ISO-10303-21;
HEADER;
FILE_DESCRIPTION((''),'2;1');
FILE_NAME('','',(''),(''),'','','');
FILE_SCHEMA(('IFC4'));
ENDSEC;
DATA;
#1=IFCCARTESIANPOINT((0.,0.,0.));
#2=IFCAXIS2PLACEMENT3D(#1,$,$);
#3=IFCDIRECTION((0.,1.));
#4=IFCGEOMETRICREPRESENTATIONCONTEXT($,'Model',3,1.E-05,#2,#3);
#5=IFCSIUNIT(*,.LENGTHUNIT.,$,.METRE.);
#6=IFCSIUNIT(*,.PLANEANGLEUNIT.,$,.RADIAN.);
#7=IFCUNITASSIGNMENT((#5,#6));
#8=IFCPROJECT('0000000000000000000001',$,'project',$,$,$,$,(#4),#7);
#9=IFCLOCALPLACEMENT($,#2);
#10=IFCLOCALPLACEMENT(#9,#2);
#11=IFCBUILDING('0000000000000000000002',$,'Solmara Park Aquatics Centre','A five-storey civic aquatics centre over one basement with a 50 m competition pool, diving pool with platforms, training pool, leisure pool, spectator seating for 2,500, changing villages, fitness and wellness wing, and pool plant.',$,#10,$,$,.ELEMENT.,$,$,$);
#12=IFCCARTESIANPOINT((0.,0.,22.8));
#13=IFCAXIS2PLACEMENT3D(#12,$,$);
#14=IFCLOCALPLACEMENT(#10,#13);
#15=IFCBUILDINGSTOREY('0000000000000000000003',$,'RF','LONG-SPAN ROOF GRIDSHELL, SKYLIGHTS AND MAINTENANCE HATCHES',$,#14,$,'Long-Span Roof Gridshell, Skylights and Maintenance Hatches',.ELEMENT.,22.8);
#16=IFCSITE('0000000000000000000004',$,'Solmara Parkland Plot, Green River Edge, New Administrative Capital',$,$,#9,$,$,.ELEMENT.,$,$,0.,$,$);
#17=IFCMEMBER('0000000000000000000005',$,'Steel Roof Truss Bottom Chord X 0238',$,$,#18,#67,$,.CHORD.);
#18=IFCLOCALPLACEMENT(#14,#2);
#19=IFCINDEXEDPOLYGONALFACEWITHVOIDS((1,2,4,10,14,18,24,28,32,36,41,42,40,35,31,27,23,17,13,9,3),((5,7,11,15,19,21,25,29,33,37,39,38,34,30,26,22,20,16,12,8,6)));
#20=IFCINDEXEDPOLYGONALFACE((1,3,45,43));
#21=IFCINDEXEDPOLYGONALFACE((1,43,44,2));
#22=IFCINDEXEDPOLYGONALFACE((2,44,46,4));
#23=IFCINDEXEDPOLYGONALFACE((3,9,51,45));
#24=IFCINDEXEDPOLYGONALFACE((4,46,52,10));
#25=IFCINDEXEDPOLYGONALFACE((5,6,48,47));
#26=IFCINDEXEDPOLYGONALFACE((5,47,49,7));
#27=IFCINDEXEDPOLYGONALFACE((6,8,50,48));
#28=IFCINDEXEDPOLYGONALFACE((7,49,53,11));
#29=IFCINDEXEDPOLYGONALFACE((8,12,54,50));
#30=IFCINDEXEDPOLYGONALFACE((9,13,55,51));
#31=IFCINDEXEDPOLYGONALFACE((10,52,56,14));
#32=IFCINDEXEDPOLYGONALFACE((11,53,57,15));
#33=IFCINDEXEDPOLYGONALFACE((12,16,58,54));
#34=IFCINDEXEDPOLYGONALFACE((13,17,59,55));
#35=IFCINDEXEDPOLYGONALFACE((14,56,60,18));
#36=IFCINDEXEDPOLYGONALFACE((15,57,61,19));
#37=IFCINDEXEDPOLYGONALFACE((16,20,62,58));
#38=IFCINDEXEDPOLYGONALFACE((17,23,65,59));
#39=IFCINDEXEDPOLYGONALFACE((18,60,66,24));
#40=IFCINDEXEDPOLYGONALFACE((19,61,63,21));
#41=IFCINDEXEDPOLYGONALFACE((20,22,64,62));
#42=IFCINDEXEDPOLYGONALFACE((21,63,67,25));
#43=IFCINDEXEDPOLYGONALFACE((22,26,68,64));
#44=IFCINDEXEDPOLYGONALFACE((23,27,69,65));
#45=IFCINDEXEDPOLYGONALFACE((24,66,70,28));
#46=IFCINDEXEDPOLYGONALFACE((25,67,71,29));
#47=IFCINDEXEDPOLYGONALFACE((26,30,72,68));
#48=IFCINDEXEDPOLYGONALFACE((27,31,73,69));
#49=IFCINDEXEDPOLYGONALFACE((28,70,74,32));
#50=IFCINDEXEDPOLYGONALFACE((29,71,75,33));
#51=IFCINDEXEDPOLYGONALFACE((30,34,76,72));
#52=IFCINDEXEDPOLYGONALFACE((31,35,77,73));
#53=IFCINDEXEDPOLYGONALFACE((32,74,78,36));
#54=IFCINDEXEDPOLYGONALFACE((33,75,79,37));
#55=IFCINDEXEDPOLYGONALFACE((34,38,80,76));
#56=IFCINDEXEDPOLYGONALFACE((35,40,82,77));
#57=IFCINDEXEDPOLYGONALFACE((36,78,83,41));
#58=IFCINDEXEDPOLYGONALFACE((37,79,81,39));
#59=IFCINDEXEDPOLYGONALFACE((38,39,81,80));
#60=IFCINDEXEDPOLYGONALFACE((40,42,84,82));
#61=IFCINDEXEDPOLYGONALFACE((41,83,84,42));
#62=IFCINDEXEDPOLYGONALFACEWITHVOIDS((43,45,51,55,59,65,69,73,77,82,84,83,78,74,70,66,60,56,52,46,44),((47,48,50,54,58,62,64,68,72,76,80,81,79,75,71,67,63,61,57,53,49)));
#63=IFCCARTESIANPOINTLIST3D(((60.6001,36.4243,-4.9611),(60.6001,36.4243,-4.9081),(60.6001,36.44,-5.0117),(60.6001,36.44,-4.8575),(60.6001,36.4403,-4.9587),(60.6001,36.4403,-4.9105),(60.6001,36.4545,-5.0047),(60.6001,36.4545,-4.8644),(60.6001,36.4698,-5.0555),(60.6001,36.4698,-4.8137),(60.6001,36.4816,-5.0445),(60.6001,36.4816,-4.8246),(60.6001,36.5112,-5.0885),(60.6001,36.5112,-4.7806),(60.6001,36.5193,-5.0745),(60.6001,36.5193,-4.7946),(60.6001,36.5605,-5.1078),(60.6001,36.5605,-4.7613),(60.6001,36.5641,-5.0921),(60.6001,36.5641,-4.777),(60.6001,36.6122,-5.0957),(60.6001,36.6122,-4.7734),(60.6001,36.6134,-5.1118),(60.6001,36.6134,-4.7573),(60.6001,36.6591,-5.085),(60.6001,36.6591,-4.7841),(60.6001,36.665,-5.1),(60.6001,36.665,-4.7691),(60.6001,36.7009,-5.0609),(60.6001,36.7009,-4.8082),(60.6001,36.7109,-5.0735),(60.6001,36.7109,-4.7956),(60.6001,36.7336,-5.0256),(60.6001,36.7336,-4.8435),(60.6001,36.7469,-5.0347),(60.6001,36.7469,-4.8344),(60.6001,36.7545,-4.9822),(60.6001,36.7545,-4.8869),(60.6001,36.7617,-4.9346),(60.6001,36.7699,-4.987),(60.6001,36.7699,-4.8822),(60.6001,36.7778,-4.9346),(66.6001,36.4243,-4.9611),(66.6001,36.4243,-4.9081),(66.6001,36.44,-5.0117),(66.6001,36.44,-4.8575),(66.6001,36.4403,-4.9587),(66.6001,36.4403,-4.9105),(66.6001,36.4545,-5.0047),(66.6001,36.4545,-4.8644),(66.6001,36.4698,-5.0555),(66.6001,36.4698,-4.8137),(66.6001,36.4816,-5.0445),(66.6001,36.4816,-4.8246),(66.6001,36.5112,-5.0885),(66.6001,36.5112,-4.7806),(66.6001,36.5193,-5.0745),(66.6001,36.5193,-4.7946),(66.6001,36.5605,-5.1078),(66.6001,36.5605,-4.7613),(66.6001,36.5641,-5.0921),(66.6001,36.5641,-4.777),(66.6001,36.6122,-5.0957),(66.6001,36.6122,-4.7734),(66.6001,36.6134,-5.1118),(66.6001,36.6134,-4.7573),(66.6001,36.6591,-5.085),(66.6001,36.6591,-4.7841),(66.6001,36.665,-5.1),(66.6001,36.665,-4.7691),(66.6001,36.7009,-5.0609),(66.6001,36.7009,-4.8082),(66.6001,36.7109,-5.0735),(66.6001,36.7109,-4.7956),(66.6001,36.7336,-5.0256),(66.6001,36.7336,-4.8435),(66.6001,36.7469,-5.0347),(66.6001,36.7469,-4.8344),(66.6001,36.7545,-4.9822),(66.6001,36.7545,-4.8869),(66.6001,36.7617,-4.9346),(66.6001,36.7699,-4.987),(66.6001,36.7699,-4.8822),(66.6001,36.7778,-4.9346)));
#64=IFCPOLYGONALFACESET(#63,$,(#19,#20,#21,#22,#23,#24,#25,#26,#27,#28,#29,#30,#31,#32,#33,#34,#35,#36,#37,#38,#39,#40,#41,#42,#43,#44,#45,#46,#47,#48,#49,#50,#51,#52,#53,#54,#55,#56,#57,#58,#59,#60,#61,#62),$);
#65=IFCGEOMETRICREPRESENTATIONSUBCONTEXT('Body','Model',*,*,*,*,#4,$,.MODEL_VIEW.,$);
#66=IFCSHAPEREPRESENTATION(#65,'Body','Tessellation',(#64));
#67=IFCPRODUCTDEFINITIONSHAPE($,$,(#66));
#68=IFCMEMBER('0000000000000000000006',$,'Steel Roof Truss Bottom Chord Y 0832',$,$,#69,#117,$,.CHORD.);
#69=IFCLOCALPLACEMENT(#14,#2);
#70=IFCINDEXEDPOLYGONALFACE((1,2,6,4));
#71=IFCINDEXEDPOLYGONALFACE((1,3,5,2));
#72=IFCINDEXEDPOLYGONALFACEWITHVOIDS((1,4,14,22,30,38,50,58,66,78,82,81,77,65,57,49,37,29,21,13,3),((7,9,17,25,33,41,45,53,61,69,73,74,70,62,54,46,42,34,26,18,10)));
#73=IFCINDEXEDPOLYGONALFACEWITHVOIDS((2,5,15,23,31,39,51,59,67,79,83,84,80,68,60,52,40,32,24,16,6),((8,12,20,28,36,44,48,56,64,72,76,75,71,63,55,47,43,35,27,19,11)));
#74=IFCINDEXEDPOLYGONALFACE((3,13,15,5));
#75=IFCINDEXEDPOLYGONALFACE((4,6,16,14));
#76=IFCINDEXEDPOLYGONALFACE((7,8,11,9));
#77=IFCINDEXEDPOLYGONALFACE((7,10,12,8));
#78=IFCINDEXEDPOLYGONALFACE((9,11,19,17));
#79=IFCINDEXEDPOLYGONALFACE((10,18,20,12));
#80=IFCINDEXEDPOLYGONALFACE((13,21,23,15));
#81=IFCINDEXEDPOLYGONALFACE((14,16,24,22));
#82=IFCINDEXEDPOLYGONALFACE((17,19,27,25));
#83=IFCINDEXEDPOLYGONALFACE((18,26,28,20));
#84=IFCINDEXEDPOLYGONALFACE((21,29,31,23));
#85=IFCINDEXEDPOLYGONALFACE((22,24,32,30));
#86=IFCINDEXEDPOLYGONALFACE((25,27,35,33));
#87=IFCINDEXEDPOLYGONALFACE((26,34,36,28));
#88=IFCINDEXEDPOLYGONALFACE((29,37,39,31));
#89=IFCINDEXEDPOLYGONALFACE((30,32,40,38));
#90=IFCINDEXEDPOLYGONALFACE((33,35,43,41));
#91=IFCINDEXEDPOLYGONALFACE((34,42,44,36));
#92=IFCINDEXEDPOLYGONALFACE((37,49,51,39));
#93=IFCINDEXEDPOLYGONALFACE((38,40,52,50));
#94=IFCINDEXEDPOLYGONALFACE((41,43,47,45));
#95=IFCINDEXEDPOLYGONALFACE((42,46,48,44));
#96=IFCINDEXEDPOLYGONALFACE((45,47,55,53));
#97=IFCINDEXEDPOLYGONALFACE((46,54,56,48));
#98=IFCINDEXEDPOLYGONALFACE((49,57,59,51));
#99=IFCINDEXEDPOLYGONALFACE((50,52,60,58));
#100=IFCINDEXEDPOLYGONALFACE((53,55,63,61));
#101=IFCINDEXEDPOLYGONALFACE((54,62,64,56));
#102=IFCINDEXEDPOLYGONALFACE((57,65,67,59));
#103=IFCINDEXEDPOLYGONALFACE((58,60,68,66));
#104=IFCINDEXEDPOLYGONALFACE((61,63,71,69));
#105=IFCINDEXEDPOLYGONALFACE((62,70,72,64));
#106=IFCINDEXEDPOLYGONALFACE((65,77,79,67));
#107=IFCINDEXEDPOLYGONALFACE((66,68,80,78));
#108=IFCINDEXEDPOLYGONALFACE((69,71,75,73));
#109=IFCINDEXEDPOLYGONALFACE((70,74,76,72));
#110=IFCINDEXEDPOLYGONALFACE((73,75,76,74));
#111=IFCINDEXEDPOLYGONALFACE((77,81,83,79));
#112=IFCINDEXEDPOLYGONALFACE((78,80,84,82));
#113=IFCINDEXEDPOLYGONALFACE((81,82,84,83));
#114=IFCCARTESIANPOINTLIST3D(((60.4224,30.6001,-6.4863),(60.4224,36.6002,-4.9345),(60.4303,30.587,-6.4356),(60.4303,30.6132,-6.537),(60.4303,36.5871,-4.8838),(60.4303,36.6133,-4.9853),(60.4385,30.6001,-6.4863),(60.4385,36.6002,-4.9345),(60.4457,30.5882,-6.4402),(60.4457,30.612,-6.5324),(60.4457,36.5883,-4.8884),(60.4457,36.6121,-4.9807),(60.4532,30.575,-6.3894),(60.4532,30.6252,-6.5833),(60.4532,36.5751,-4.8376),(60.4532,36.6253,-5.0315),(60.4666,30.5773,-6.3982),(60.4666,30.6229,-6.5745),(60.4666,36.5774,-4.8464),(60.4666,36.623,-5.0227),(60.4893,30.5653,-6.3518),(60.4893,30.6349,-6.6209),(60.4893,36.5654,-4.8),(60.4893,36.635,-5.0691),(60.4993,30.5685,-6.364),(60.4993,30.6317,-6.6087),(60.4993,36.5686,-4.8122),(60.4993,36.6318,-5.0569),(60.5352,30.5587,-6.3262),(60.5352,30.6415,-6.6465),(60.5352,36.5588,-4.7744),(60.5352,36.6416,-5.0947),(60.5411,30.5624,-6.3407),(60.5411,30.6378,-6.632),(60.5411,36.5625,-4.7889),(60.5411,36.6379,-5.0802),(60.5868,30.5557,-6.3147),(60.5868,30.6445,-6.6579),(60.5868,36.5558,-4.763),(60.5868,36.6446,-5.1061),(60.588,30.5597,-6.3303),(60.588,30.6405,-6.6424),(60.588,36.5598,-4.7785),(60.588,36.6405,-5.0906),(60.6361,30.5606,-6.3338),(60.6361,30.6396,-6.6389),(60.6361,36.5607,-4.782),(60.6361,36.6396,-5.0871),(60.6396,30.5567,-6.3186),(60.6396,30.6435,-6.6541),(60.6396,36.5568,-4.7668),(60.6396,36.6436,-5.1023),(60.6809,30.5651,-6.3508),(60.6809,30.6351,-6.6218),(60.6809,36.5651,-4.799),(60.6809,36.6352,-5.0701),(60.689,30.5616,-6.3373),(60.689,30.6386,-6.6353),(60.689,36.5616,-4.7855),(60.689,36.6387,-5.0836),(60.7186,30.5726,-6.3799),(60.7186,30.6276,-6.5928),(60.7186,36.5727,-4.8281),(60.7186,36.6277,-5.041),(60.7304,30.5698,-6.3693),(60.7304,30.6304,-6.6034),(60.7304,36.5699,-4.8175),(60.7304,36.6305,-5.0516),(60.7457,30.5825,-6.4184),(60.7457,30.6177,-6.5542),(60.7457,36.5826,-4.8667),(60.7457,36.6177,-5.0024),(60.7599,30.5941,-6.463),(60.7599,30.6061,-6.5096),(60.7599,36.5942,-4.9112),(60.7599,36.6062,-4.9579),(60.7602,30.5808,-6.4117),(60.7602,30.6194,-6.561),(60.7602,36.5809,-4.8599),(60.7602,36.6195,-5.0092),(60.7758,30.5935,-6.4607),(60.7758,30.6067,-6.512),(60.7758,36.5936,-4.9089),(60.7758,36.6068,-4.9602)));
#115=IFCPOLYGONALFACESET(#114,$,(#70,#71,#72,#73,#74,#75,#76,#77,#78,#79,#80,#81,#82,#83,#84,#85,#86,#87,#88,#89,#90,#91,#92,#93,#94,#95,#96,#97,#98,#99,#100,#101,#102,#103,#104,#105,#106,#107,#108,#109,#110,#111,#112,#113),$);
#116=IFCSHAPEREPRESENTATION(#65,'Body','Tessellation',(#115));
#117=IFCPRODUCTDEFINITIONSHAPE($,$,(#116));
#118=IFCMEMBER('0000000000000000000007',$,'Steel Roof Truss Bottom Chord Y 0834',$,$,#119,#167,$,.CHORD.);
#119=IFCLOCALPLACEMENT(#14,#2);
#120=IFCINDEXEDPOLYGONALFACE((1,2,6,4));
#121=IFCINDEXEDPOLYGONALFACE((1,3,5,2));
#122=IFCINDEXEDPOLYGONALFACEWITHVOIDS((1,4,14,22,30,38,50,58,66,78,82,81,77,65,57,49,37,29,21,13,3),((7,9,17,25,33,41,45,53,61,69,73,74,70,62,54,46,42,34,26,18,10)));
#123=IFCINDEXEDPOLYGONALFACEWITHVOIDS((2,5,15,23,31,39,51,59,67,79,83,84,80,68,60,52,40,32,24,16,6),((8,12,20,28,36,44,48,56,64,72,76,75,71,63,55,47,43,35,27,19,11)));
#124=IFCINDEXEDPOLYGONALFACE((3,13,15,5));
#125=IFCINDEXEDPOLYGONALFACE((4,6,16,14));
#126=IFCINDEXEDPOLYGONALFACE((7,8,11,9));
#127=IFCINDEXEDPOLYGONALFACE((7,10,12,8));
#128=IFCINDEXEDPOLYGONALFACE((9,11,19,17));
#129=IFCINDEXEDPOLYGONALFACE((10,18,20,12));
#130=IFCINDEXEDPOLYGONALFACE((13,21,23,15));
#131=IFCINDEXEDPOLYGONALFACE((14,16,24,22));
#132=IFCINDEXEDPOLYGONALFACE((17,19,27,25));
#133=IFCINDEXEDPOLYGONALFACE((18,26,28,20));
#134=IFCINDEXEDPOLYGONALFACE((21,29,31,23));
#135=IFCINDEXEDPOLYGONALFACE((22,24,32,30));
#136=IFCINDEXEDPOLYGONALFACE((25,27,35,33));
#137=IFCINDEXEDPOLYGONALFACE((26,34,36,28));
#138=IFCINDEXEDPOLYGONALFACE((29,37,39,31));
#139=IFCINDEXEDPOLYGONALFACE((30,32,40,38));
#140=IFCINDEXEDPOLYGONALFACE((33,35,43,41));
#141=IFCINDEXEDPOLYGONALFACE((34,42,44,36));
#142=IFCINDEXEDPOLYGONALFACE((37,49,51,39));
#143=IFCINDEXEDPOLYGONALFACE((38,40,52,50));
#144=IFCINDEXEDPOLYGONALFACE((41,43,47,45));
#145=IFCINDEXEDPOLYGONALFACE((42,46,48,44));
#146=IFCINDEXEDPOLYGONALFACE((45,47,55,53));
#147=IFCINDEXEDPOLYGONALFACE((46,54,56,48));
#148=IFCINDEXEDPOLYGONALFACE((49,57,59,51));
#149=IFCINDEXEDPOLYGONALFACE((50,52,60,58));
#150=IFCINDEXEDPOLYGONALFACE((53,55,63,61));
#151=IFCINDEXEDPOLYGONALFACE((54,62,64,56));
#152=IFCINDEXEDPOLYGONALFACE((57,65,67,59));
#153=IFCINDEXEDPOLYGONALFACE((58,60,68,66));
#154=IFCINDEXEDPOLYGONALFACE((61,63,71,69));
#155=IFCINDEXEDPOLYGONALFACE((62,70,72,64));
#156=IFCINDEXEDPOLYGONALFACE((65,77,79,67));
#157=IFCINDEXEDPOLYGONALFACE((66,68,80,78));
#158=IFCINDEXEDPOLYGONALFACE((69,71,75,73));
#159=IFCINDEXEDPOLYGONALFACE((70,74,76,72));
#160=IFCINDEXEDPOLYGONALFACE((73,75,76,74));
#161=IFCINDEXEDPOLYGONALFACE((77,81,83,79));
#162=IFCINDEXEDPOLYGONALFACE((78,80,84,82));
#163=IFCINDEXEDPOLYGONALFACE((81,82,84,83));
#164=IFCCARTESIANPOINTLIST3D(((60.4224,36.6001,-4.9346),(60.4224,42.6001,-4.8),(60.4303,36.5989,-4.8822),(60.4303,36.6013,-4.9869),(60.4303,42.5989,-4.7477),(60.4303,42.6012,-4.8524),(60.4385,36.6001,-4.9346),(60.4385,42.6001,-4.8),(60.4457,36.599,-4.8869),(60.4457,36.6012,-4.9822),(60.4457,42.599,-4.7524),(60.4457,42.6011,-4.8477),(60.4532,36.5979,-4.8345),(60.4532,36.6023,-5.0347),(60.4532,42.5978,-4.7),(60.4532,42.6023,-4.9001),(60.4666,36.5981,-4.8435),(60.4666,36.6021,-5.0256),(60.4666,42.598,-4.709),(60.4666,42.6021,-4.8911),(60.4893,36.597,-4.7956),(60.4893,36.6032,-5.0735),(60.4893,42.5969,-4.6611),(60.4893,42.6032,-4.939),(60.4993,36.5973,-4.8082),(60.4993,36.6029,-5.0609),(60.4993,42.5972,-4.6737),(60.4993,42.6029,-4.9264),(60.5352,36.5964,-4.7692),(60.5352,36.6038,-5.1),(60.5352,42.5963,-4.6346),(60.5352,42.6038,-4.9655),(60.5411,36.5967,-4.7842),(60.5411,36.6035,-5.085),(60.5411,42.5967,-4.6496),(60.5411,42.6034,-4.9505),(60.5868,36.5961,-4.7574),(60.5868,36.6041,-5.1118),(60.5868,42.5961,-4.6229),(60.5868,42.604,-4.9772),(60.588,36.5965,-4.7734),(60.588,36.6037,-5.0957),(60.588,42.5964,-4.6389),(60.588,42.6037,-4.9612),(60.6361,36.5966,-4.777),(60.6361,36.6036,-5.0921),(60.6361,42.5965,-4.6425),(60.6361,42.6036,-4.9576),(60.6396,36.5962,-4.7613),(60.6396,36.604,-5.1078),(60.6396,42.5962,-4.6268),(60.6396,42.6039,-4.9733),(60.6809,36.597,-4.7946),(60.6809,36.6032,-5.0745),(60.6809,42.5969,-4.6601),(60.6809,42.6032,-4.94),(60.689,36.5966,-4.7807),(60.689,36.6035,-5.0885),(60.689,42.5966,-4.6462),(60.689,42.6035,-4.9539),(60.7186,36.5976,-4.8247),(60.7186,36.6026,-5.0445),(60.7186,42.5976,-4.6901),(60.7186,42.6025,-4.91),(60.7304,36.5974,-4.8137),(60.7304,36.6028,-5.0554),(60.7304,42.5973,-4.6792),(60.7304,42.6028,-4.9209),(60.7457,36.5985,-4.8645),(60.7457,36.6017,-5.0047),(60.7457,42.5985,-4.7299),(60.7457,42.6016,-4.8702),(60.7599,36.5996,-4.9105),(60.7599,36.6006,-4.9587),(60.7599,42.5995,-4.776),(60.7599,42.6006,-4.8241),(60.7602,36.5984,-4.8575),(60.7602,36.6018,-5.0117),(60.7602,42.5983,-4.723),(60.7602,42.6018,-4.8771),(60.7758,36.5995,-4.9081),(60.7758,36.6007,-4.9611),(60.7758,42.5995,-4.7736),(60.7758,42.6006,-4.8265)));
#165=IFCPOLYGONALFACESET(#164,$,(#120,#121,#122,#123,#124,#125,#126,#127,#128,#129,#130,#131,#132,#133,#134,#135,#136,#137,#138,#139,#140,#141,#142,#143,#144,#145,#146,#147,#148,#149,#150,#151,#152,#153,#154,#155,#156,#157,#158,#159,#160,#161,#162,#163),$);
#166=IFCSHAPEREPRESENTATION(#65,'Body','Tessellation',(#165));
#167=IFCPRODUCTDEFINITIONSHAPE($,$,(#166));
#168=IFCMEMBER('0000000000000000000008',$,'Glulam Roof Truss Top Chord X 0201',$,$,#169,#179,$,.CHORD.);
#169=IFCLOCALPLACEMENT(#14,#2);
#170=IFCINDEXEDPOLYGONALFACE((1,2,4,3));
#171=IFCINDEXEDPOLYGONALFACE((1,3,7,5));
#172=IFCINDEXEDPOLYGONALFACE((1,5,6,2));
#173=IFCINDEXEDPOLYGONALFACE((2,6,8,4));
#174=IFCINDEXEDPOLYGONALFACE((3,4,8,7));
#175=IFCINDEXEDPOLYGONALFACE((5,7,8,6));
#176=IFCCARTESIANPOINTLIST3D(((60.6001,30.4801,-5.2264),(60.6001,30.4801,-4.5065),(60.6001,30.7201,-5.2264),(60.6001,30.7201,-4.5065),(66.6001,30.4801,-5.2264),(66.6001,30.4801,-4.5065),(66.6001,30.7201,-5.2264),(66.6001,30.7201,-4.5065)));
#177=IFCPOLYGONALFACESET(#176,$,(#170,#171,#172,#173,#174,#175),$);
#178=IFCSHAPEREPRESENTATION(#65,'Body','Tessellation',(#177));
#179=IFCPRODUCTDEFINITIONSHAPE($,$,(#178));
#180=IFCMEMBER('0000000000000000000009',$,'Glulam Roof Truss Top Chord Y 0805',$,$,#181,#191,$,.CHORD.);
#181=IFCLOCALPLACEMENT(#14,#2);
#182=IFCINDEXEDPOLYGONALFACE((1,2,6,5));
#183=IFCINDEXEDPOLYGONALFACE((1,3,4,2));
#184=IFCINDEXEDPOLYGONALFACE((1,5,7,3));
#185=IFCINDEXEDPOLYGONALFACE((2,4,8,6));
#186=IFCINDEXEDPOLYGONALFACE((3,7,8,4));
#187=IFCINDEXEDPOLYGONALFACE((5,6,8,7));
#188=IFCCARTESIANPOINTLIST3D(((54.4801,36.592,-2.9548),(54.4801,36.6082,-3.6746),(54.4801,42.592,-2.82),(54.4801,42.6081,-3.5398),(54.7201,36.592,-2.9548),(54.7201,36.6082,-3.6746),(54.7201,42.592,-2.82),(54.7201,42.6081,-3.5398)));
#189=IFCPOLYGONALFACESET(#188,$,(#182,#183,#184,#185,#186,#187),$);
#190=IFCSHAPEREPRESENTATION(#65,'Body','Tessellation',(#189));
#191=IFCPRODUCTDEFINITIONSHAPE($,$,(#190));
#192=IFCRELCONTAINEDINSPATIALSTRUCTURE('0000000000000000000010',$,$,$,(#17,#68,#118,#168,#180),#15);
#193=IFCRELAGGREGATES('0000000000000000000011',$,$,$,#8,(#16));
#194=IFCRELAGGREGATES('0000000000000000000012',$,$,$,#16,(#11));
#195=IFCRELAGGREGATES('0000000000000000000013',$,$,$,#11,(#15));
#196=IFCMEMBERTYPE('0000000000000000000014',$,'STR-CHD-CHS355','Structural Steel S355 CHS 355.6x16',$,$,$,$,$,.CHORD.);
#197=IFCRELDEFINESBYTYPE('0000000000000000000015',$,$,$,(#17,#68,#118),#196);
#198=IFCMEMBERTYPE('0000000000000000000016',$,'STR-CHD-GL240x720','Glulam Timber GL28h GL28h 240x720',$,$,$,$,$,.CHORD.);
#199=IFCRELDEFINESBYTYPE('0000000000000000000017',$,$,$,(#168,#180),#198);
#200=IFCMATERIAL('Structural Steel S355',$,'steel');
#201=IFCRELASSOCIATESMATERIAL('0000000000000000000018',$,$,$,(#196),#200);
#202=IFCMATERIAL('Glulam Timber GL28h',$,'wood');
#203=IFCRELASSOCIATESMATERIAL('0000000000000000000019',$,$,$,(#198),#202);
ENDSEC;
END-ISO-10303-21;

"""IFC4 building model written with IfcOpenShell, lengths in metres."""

from ifc_helpers import new_model, si_unit, direction, frame, origin, origin_2d, place, context, subcontext, project, spatial, rectangle, hollow_circle, extrude, material, material_profile, profile_set, type_object, element, save


model = new_model("IFC4")

# Units and contexts
model_context = context("Model", 3, precision=1e-05, world=origin(), true_north=direction((0.0, 1.0)))
body_context = subcontext(model_context, "Body", "Model", "MODEL_VIEW")
ifc_project = project(units=[si_unit("LENGTHUNIT", "METRE"), si_unit("PLANEANGLEUNIT", "RADIAN")], contexts=[model_context])

# Site, building, storey
site_placement = place(None, origin())
site = spatial("IfcSite", under=ifc_project, at=site_placement, Name="Solmara Parkland Plot, Green River Edge, New Administrative Capital", CompositionType="ELEMENT", RefElevation=0.0)
building_placement = place(site_placement, origin())
building = spatial("IfcBuilding", under=site, at=building_placement, Name="Solmara Park Aquatics Centre", Description="A five-storey civic aquatics centre over one basement with a 50 m competition pool, diving pool with platforms, training pool, leisure pool, spectator seating for 2,500, changing villages, fitness and wellness wing, and pool plant.", CompositionType="ELEMENT")
storey_placement = place(building_placement, frame((0.0, 0.0, 22.8)))
storey = spatial("IfcBuildingStorey", under=building, at=storey_placement, Name="RF", Description="LONG-SPAN ROOF GRIDSHELL, SKYLIGHTS AND MAINTENANCE HATCHES", LongName="Long-Span Roof Gridshell, Skylights and Maintenance Hatches", CompositionType="ELEMENT", Elevation=22.8)

# Members
ifc_material_1 = material(Name="Structural Steel S355", Category="steel")
ifc_material_profile_1 = material_profile(ifc_material_1, hollow_circle(Radius=0.1777, WallThickness=0.0161, at=origin_2d()), Name="CHS 355.6x16")
ifc_profile_set_1 = profile_set([ifc_material_profile_1], Name="Structural Steel S355")
member_type_1 = type_object("IfcMemberType", Name="STR-CHD-CHS355", Description="Structural Steel S355 CHS 355.6x16", PredefinedType="CHORD", material=ifc_profile_set_1)
for number, where, z_axis, x_axis, name in (
    (1, (60.6001, 36.6001, -4.9346), (1.0, 0.0, 0.0), (0.0, 1.0, 0.0), "Steel Roof Truss Bottom Chord X 0238"),
):
    element("IfcMember", number, at=place(storey_placement, frame(where, z_axis=z_axis, x_axis=x_axis)), inside=storey, type_object=member_type_1, Name=name, PredefinedType="CHORD", context=body_context, shape_type="SweptSolid", body=[
        extrude(hollow_circle(Radius=0.1777, WallThickness=0.0161, at=origin_2d()), origin(), (0.0, 0.0, 1.0), 6.0),
    ])
member_1_placement = place(storey_placement, frame((60.6001, 30.6001, -6.4863), z_axis=(0.0, 0.968146, 0.250388), x_axis=(-1.0, 0.0, 0.0)))
element("IfcMember", 2, at=member_1_placement, inside=storey, type_object=member_type_1, Name="Steel Roof Truss Bottom Chord Y 0832", PredefinedType="CHORD", context=body_context, shape_type="SweptSolid", body=[
    extrude(hollow_circle(Radius=0.1777, WallThickness=0.0161, at=origin_2d()), origin(), (0.0, 0.0, 1.0), 6.1975),
])
member_2_placement = place(storey_placement, frame((60.6001, 36.6001, -4.9346), z_axis=(0.0, 0.999749, 0.022415), x_axis=(-1.0, 0.0, 0.0)))
element("IfcMember", 3, at=member_2_placement, inside=storey, type_object=member_type_1, Name="Steel Roof Truss Bottom Chord Y 0834", PredefinedType="CHORD", context=body_context, shape_type="SweptSolid", body=[
    extrude(hollow_circle(Radius=0.1777, WallThickness=0.0161, at=origin_2d()), origin(), (0.0, 0.0, 1.0), 6.0015),
])
ifc_material_2 = material(Name="Glulam Timber GL28h", Category="wood")
ifc_material_profile_2 = material_profile(ifc_material_2, rectangle(XDim=0.24, YDim=0.72, at=origin_2d()), Name="GL28h 240x720")
ifc_profile_set_2 = profile_set([ifc_material_profile_2], Name="Glulam Timber GL28h")
member_type_2 = type_object("IfcMemberType", Name="STR-CHD-GL240x720", Description="Glulam Timber GL28h GL28h 240x720", PredefinedType="CHORD", material=ifc_profile_set_2)
member_3_placement = place(storey_placement, frame((60.6001, 30.6001, -4.8665), z_axis=(1.0, 0.0, 0.0), x_axis=(0.0, 1.0, 0.0)))
element("IfcMember", 4, at=member_3_placement, inside=storey, type_object=member_type_2, Name="Glulam Roof Truss Top Chord X 0201", PredefinedType="CHORD", context=body_context, shape_type="SweptSolid", body=[
    extrude(rectangle(XDim=0.24, YDim=0.72, at=origin_2d()), origin(), (0.0, 0.0, 1.0), 6.0),
])
member_4_placement = place(storey_placement, frame((54.6001, 36.6001, -3.3147), z_axis=(0.0, 0.999748, 0.022455), x_axis=(-1.0, 0.0, 0.0)))
element("IfcMember", 5, at=member_4_placement, inside=storey, type_object=member_type_2, Name="Glulam Roof Truss Top Chord Y 0805", PredefinedType="CHORD", context=body_context, shape_type="SweptSolid", body=[
    extrude(rectangle(XDim=0.24, YDim=0.72, at=origin_2d()), origin(), (0.0, 0.0, 1.0), 6.0015),
])

save(model, "model.ifc")
